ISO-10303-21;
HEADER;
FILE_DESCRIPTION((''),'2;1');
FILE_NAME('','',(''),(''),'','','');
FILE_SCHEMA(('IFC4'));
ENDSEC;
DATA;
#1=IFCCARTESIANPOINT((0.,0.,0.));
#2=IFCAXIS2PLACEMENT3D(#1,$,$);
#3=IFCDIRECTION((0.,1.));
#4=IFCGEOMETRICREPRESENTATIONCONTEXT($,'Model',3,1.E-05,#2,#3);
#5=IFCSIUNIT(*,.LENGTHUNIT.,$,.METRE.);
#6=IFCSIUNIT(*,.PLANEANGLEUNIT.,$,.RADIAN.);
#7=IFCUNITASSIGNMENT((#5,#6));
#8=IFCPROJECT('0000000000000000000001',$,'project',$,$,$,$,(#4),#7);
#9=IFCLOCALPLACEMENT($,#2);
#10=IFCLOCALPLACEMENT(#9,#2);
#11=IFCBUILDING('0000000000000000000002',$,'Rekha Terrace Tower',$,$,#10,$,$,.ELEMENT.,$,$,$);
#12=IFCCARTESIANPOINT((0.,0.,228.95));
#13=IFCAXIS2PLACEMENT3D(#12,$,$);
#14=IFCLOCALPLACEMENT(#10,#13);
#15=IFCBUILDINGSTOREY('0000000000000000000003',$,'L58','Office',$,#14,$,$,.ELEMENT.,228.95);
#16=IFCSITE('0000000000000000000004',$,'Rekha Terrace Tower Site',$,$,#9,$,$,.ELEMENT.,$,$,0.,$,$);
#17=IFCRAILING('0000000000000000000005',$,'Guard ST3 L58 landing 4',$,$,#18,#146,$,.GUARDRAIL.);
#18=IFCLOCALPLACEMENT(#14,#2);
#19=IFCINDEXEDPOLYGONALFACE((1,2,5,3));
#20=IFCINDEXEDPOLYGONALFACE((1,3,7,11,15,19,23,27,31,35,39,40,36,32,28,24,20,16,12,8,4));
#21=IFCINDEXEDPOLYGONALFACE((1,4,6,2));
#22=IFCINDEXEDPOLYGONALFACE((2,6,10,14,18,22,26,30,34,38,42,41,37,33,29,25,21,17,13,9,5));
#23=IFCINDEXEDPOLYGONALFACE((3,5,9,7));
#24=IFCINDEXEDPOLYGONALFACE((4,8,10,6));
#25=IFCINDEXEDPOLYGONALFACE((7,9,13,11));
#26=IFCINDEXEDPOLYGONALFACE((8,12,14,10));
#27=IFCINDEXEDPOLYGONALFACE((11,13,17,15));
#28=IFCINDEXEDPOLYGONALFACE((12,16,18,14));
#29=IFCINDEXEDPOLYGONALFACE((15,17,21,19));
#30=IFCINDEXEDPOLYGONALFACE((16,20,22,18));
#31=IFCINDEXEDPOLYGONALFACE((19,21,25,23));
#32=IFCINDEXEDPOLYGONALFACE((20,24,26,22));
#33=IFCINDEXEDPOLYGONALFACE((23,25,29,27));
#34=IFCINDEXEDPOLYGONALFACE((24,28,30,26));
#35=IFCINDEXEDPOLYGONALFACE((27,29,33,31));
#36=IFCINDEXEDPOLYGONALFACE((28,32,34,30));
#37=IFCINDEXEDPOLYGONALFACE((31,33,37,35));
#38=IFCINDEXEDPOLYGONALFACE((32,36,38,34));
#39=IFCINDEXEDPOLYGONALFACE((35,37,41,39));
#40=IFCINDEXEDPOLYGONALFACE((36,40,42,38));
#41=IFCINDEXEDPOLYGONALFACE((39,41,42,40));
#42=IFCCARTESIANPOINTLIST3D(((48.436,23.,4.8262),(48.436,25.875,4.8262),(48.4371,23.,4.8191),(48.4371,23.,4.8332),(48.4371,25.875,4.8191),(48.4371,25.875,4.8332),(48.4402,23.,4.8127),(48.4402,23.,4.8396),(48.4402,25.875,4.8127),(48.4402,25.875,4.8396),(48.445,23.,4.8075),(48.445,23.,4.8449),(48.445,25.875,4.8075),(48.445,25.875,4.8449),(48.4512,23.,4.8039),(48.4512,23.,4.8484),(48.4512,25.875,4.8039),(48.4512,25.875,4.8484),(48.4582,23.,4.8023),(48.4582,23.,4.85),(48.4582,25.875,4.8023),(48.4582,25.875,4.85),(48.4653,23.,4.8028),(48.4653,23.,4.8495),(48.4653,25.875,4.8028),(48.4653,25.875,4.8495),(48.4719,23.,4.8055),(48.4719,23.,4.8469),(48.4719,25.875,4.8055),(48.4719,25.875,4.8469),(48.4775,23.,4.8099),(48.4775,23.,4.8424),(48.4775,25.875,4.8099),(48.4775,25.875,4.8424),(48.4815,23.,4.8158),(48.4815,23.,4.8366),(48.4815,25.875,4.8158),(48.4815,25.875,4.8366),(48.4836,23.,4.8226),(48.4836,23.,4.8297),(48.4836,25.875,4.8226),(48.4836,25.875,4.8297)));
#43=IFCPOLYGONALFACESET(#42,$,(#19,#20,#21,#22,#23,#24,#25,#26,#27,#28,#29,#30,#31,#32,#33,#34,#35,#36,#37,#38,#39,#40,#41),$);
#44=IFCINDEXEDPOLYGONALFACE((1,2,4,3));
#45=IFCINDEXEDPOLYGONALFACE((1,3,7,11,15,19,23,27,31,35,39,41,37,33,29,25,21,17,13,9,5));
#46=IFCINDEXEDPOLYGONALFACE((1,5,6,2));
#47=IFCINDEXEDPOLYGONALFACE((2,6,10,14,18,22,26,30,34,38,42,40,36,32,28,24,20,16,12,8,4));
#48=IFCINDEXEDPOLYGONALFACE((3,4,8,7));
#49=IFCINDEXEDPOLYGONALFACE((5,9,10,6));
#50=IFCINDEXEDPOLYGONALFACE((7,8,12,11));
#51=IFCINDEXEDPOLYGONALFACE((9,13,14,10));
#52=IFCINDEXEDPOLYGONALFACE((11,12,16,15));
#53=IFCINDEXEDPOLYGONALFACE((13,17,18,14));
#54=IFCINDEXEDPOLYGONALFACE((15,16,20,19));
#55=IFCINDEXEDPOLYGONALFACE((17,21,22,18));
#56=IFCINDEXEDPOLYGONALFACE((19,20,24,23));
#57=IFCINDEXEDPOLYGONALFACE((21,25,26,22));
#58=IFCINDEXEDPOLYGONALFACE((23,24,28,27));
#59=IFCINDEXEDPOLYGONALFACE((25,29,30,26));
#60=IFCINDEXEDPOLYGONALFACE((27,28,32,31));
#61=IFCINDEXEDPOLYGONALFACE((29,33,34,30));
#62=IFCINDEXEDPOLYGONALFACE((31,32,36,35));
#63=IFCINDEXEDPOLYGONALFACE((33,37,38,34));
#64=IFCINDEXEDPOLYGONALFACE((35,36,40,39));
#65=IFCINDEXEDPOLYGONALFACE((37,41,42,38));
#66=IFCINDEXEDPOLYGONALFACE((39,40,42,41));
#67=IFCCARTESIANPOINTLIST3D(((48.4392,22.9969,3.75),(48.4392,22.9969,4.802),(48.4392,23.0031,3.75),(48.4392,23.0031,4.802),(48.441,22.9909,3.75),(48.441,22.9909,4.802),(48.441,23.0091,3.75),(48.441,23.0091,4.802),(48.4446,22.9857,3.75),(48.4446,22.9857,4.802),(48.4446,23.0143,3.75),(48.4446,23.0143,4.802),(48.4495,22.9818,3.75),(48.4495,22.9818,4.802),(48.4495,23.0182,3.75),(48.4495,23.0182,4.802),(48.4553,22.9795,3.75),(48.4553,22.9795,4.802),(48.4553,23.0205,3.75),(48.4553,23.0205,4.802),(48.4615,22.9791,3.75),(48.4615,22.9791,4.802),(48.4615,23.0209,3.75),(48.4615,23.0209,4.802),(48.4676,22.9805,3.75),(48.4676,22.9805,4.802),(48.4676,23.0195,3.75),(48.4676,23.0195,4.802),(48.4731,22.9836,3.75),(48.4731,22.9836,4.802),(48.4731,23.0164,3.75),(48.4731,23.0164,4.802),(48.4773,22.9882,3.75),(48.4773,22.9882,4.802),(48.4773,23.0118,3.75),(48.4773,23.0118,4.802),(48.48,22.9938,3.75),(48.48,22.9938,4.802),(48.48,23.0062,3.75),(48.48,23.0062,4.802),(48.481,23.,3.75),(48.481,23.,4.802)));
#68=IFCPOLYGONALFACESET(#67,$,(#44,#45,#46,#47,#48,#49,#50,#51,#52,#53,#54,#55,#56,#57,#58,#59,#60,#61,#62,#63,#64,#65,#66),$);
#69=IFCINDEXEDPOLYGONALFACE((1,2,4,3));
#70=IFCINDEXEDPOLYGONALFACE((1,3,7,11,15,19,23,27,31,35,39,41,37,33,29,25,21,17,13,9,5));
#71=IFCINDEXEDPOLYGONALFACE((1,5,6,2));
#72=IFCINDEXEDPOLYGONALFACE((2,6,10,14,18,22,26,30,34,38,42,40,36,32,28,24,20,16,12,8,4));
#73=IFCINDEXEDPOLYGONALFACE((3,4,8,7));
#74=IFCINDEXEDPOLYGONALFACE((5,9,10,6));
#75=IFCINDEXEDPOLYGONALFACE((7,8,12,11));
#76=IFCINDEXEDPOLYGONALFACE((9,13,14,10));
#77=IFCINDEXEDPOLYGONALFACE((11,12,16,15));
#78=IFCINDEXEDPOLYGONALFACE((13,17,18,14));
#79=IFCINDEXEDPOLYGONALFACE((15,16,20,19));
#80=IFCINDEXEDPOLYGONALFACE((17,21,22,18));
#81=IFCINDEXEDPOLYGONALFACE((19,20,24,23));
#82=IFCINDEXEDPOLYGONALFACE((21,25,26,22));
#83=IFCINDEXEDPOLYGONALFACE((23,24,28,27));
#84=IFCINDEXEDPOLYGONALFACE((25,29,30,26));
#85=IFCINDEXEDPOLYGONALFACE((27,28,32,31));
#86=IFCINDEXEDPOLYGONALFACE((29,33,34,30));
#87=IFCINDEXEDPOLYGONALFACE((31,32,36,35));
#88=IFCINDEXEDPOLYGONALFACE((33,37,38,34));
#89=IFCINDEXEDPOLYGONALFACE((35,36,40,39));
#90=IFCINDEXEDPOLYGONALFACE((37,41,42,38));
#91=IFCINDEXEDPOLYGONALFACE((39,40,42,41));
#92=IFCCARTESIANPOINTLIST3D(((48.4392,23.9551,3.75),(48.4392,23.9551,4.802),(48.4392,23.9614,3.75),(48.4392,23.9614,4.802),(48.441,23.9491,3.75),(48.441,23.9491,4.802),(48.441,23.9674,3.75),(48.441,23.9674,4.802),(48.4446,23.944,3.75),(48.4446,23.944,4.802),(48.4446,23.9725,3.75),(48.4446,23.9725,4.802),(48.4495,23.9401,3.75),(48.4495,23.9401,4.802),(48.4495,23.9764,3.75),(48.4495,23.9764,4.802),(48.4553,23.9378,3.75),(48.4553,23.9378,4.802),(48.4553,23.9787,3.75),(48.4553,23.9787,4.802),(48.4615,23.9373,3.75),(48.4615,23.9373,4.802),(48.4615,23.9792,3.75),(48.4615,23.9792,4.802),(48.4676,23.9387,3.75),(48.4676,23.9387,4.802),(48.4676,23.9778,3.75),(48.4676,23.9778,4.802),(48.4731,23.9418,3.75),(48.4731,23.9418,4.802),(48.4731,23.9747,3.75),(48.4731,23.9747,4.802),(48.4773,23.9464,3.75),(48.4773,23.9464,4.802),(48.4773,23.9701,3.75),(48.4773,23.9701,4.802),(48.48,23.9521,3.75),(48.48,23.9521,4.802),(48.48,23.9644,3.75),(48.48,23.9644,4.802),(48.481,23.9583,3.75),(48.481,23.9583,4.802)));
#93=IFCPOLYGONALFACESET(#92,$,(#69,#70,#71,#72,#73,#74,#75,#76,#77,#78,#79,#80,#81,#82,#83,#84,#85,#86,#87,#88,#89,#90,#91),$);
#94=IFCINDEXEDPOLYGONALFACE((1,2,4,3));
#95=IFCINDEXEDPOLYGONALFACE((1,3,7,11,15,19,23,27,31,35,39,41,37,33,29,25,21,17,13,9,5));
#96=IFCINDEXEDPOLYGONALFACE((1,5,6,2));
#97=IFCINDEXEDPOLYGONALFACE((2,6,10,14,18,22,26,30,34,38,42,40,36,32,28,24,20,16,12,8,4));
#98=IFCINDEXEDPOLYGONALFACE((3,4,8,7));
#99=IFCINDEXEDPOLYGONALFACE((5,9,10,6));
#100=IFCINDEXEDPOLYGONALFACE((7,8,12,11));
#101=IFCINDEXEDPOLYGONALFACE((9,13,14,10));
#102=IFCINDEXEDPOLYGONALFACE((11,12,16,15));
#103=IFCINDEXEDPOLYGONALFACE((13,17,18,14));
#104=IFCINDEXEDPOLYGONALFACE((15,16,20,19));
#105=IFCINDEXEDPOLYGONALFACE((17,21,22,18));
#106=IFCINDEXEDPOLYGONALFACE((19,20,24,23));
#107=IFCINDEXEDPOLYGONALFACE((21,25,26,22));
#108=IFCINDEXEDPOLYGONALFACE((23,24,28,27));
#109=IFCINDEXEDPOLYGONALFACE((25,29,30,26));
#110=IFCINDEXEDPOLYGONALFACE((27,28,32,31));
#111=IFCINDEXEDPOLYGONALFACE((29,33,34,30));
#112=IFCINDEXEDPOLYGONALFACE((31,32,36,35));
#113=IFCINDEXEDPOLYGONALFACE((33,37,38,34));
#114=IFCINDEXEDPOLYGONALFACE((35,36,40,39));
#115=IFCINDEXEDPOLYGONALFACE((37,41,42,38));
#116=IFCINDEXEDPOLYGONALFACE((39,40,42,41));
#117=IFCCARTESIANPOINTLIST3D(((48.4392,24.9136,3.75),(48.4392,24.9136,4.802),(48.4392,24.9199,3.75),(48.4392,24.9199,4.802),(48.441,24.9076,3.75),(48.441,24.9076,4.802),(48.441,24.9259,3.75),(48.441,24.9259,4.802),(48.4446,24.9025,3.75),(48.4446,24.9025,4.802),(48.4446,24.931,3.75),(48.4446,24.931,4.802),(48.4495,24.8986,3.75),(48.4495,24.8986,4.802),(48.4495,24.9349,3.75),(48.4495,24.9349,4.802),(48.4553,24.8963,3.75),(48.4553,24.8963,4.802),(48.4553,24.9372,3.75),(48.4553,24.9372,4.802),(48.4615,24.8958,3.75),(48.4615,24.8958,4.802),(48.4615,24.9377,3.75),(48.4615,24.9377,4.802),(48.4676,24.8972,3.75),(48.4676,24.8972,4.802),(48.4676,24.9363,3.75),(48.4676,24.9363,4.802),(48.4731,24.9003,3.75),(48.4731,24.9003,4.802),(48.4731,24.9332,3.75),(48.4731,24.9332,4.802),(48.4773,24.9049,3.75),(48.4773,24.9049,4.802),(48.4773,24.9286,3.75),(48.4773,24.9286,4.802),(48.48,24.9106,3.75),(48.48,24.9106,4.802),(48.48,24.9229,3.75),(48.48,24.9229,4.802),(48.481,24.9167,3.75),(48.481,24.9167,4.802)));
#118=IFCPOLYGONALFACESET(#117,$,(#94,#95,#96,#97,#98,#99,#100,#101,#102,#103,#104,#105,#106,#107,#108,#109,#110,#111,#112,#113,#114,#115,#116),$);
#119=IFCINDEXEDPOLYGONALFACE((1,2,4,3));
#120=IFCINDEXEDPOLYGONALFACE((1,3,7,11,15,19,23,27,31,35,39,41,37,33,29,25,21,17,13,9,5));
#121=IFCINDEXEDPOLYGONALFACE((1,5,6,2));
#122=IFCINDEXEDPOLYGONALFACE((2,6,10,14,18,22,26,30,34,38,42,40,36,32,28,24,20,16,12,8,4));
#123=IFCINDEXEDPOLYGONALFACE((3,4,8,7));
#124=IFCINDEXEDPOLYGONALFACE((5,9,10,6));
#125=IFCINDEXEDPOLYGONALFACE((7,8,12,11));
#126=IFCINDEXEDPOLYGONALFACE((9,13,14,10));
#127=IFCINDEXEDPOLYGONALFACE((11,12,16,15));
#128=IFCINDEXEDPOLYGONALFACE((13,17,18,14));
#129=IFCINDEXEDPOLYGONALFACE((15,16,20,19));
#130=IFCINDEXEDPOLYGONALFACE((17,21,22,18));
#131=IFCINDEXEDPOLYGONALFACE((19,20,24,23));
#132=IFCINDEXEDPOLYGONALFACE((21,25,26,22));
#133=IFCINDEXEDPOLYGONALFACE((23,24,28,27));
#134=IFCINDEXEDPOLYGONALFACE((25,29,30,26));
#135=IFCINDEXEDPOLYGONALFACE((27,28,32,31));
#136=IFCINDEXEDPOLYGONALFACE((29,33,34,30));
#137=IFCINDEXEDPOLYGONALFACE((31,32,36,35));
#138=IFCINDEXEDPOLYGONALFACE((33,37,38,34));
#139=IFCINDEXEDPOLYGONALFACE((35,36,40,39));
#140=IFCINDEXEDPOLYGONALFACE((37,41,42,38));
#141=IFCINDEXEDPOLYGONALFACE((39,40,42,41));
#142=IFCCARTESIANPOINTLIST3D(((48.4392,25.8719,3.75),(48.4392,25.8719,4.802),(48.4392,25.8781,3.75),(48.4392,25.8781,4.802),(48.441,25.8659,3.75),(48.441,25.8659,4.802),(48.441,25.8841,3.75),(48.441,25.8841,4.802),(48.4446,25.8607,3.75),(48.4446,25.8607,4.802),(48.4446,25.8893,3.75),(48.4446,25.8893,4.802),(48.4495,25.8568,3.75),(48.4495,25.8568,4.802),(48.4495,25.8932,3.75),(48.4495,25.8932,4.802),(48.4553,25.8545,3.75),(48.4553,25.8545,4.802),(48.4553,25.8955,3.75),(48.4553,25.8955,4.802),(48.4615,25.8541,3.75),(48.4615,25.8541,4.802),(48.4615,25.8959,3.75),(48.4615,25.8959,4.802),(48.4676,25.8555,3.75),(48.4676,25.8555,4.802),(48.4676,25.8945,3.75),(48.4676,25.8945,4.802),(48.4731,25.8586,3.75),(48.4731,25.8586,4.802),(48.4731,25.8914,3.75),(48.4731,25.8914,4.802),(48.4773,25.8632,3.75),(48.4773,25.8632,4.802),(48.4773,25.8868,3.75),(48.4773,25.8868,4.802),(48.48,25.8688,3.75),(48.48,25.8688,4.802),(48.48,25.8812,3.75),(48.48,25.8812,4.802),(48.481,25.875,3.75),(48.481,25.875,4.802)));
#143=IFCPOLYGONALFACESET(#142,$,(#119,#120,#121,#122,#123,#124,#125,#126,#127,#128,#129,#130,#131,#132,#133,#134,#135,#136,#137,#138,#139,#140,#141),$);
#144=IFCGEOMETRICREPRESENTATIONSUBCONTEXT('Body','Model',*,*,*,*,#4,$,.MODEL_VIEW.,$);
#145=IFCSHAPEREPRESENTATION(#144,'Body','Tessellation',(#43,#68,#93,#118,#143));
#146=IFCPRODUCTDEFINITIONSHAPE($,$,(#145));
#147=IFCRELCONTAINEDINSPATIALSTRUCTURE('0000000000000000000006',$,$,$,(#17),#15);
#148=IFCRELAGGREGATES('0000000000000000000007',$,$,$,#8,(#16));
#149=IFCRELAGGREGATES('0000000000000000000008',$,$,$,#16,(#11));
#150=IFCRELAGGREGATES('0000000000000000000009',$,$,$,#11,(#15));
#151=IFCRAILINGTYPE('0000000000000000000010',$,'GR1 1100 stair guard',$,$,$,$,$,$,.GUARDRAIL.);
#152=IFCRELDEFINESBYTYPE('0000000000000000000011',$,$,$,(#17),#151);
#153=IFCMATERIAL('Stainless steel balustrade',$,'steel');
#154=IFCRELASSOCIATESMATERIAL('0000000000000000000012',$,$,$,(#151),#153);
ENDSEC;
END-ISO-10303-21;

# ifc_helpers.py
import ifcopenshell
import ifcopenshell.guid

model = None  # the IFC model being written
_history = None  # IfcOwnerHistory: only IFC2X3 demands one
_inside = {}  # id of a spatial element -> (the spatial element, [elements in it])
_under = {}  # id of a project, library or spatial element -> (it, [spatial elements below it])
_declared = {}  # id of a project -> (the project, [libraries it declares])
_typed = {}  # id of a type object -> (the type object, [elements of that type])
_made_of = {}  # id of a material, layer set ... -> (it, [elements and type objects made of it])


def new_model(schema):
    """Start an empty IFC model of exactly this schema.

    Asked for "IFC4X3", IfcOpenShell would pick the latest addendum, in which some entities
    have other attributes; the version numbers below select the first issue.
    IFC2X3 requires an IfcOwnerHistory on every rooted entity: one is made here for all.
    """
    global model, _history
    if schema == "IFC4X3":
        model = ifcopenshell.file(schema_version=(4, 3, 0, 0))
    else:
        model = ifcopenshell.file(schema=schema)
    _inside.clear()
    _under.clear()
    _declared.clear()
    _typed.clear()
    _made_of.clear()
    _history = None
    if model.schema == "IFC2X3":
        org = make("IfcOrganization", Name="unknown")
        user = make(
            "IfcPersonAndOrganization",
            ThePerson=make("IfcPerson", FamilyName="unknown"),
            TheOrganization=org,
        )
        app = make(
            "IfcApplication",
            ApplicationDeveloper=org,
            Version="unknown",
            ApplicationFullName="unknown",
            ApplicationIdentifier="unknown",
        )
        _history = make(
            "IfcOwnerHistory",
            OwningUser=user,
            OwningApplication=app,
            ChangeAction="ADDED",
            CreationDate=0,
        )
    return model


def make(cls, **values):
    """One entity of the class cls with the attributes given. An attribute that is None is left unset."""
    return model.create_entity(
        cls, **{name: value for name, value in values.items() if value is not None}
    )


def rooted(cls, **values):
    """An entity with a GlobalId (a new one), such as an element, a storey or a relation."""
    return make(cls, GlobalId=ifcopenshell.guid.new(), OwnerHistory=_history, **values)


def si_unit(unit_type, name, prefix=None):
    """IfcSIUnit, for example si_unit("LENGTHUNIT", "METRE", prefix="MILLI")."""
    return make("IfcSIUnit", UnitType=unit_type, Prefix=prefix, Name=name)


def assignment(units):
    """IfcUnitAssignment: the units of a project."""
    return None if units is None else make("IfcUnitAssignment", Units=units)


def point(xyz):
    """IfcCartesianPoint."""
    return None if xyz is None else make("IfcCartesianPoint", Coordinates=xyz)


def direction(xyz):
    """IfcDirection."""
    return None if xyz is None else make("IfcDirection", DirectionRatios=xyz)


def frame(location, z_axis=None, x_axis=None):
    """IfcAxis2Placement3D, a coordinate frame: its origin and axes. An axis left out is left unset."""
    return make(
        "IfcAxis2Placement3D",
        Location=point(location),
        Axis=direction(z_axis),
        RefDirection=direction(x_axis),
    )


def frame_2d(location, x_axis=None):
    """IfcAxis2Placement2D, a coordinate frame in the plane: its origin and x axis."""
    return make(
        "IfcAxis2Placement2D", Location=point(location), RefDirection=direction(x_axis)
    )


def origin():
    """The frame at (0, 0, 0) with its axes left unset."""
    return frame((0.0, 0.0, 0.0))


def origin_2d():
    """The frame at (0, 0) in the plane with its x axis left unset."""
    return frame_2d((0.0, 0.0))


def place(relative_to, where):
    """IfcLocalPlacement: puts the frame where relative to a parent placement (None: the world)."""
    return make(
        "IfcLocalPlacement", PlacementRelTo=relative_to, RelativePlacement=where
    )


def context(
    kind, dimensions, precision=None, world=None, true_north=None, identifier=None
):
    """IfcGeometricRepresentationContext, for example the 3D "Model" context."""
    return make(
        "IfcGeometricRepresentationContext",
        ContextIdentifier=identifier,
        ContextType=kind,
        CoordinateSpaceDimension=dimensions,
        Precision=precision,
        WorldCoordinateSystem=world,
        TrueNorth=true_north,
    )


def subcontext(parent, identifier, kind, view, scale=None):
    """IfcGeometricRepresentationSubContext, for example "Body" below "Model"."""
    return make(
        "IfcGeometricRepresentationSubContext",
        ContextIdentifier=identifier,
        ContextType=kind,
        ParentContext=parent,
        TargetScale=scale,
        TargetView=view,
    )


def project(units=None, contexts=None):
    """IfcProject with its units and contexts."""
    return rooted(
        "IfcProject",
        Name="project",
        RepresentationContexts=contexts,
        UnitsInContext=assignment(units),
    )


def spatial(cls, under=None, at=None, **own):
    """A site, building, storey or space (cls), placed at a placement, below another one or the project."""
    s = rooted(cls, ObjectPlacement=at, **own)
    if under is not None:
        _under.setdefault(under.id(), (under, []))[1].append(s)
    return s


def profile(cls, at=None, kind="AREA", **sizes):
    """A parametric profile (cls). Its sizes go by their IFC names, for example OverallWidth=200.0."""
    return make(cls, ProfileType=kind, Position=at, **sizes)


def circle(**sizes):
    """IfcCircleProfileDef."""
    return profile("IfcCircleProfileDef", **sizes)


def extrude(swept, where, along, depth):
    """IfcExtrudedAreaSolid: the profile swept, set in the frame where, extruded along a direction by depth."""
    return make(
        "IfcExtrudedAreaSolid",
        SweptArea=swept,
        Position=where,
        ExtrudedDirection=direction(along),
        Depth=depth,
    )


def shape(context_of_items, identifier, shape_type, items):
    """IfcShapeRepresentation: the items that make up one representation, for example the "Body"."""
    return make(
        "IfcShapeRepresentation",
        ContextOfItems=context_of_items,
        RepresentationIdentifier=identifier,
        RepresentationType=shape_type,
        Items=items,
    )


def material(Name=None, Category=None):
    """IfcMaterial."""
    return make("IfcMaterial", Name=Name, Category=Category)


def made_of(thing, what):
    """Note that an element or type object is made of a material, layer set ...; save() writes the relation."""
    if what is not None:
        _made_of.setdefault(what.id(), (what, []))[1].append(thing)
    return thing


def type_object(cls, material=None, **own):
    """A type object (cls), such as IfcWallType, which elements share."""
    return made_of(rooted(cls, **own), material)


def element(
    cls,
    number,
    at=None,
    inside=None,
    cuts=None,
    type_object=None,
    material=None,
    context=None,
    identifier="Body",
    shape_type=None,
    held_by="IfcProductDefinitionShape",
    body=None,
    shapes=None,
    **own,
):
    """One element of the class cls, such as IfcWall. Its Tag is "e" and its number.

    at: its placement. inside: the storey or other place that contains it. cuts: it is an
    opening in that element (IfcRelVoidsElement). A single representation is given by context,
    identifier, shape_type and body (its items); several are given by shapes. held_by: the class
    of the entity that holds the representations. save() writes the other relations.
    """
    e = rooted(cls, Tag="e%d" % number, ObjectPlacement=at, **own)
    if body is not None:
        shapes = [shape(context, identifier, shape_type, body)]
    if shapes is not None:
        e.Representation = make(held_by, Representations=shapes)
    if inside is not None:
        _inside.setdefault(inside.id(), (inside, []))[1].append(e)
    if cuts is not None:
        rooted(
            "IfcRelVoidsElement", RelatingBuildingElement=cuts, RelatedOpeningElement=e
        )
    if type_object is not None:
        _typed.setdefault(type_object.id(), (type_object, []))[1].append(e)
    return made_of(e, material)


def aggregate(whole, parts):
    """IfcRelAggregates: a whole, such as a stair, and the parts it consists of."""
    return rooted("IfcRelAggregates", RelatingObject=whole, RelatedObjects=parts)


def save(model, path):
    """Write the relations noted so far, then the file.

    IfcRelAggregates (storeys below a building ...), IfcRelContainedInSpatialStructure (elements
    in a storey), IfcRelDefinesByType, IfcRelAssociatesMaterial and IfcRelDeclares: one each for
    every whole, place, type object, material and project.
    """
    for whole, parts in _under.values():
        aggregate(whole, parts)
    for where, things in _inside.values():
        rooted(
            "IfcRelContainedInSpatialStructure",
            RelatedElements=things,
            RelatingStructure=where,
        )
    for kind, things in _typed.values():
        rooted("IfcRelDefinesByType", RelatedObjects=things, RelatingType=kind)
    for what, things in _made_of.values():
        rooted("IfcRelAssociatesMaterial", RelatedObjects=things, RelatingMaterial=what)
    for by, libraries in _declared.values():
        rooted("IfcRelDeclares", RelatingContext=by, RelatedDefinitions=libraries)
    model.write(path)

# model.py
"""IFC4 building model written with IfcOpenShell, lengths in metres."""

from ifc_helpers import new_model, si_unit, direction, frame, origin, origin_2d, place, context, subcontext, project, spatial, circle, extrude, material, type_object, element, save


model = new_model("IFC4")

# Units and contexts
model_context = context("Model", 3, precision=1e-05, world=origin(), true_north=direction((0.0, 1.0)))
body_context = subcontext(model_context, "Body", "Model", "MODEL_VIEW")
ifc_project = project(units=[si_unit("LENGTHUNIT", "METRE"), si_unit("PLANEANGLEUNIT", "RADIAN")], contexts=[model_context])

# Site, building, storey
site_placement = place(None, origin())
site = spatial("IfcSite", under=ifc_project, at=site_placement, Name="Rekha Terrace Tower Site", CompositionType="ELEMENT", RefElevation=0.0)
building_placement = place(site_placement, origin())
building = spatial("IfcBuilding", under=site, at=building_placement, Name="Rekha Terrace Tower", CompositionType="ELEMENT")
storey_placement = place(building_placement, frame((0.0, 0.0, 228.95)))
storey = spatial("IfcBuildingStorey", under=building, at=storey_placement, Name="L58", Description="Office", CompositionType="ELEMENT", Elevation=228.95)

# Railing
ifc_material_1 = material(Name="Stainless steel balustrade", Category="steel")
railing_type_1 = type_object("IfcRailingType", Name="GR1 1100 stair guard", PredefinedType="GUARDRAIL", material=ifc_material_1)
railing_1_placement = place(storey_placement, frame((48.46, 23.0, 3.75)))
element("IfcRailing", 1, at=railing_1_placement, inside=storey, type_object=railing_type_1, Name="Guard ST3 L58 landing 4", PredefinedType="GUARDRAIL", context=body_context, shape_type="SweptSolid", body=[
    extrude(circle(Radius=0.0239, at=origin_2d()), frame((0.0, 0.0, 1.0762), z_axis=(0.0, 1.0, 0.0), x_axis=(-1.0, 0.0, 0.0)), (0.0, 0.0, 1.0), 2.875),
    extrude(circle(Radius=0.021, at=origin_2d()), origin(), (0.0, 0.0, 1.0), 1.052),
    extrude(circle(Radius=0.021, at=origin_2d()), frame((0.0, 0.9583, 0.0)), (0.0, 0.0, 1.0), 1.052),
    extrude(circle(Radius=0.021, at=origin_2d()), frame((0.0, 1.9167, 0.0)), (0.0, 0.0, 1.0), 1.052),
    extrude(circle(Radius=0.021, at=origin_2d()), frame((0.0, 2.875, 0.0)), (0.0, 0.0, 1.0), 1.052),
])

save(model, "model.ifc")
